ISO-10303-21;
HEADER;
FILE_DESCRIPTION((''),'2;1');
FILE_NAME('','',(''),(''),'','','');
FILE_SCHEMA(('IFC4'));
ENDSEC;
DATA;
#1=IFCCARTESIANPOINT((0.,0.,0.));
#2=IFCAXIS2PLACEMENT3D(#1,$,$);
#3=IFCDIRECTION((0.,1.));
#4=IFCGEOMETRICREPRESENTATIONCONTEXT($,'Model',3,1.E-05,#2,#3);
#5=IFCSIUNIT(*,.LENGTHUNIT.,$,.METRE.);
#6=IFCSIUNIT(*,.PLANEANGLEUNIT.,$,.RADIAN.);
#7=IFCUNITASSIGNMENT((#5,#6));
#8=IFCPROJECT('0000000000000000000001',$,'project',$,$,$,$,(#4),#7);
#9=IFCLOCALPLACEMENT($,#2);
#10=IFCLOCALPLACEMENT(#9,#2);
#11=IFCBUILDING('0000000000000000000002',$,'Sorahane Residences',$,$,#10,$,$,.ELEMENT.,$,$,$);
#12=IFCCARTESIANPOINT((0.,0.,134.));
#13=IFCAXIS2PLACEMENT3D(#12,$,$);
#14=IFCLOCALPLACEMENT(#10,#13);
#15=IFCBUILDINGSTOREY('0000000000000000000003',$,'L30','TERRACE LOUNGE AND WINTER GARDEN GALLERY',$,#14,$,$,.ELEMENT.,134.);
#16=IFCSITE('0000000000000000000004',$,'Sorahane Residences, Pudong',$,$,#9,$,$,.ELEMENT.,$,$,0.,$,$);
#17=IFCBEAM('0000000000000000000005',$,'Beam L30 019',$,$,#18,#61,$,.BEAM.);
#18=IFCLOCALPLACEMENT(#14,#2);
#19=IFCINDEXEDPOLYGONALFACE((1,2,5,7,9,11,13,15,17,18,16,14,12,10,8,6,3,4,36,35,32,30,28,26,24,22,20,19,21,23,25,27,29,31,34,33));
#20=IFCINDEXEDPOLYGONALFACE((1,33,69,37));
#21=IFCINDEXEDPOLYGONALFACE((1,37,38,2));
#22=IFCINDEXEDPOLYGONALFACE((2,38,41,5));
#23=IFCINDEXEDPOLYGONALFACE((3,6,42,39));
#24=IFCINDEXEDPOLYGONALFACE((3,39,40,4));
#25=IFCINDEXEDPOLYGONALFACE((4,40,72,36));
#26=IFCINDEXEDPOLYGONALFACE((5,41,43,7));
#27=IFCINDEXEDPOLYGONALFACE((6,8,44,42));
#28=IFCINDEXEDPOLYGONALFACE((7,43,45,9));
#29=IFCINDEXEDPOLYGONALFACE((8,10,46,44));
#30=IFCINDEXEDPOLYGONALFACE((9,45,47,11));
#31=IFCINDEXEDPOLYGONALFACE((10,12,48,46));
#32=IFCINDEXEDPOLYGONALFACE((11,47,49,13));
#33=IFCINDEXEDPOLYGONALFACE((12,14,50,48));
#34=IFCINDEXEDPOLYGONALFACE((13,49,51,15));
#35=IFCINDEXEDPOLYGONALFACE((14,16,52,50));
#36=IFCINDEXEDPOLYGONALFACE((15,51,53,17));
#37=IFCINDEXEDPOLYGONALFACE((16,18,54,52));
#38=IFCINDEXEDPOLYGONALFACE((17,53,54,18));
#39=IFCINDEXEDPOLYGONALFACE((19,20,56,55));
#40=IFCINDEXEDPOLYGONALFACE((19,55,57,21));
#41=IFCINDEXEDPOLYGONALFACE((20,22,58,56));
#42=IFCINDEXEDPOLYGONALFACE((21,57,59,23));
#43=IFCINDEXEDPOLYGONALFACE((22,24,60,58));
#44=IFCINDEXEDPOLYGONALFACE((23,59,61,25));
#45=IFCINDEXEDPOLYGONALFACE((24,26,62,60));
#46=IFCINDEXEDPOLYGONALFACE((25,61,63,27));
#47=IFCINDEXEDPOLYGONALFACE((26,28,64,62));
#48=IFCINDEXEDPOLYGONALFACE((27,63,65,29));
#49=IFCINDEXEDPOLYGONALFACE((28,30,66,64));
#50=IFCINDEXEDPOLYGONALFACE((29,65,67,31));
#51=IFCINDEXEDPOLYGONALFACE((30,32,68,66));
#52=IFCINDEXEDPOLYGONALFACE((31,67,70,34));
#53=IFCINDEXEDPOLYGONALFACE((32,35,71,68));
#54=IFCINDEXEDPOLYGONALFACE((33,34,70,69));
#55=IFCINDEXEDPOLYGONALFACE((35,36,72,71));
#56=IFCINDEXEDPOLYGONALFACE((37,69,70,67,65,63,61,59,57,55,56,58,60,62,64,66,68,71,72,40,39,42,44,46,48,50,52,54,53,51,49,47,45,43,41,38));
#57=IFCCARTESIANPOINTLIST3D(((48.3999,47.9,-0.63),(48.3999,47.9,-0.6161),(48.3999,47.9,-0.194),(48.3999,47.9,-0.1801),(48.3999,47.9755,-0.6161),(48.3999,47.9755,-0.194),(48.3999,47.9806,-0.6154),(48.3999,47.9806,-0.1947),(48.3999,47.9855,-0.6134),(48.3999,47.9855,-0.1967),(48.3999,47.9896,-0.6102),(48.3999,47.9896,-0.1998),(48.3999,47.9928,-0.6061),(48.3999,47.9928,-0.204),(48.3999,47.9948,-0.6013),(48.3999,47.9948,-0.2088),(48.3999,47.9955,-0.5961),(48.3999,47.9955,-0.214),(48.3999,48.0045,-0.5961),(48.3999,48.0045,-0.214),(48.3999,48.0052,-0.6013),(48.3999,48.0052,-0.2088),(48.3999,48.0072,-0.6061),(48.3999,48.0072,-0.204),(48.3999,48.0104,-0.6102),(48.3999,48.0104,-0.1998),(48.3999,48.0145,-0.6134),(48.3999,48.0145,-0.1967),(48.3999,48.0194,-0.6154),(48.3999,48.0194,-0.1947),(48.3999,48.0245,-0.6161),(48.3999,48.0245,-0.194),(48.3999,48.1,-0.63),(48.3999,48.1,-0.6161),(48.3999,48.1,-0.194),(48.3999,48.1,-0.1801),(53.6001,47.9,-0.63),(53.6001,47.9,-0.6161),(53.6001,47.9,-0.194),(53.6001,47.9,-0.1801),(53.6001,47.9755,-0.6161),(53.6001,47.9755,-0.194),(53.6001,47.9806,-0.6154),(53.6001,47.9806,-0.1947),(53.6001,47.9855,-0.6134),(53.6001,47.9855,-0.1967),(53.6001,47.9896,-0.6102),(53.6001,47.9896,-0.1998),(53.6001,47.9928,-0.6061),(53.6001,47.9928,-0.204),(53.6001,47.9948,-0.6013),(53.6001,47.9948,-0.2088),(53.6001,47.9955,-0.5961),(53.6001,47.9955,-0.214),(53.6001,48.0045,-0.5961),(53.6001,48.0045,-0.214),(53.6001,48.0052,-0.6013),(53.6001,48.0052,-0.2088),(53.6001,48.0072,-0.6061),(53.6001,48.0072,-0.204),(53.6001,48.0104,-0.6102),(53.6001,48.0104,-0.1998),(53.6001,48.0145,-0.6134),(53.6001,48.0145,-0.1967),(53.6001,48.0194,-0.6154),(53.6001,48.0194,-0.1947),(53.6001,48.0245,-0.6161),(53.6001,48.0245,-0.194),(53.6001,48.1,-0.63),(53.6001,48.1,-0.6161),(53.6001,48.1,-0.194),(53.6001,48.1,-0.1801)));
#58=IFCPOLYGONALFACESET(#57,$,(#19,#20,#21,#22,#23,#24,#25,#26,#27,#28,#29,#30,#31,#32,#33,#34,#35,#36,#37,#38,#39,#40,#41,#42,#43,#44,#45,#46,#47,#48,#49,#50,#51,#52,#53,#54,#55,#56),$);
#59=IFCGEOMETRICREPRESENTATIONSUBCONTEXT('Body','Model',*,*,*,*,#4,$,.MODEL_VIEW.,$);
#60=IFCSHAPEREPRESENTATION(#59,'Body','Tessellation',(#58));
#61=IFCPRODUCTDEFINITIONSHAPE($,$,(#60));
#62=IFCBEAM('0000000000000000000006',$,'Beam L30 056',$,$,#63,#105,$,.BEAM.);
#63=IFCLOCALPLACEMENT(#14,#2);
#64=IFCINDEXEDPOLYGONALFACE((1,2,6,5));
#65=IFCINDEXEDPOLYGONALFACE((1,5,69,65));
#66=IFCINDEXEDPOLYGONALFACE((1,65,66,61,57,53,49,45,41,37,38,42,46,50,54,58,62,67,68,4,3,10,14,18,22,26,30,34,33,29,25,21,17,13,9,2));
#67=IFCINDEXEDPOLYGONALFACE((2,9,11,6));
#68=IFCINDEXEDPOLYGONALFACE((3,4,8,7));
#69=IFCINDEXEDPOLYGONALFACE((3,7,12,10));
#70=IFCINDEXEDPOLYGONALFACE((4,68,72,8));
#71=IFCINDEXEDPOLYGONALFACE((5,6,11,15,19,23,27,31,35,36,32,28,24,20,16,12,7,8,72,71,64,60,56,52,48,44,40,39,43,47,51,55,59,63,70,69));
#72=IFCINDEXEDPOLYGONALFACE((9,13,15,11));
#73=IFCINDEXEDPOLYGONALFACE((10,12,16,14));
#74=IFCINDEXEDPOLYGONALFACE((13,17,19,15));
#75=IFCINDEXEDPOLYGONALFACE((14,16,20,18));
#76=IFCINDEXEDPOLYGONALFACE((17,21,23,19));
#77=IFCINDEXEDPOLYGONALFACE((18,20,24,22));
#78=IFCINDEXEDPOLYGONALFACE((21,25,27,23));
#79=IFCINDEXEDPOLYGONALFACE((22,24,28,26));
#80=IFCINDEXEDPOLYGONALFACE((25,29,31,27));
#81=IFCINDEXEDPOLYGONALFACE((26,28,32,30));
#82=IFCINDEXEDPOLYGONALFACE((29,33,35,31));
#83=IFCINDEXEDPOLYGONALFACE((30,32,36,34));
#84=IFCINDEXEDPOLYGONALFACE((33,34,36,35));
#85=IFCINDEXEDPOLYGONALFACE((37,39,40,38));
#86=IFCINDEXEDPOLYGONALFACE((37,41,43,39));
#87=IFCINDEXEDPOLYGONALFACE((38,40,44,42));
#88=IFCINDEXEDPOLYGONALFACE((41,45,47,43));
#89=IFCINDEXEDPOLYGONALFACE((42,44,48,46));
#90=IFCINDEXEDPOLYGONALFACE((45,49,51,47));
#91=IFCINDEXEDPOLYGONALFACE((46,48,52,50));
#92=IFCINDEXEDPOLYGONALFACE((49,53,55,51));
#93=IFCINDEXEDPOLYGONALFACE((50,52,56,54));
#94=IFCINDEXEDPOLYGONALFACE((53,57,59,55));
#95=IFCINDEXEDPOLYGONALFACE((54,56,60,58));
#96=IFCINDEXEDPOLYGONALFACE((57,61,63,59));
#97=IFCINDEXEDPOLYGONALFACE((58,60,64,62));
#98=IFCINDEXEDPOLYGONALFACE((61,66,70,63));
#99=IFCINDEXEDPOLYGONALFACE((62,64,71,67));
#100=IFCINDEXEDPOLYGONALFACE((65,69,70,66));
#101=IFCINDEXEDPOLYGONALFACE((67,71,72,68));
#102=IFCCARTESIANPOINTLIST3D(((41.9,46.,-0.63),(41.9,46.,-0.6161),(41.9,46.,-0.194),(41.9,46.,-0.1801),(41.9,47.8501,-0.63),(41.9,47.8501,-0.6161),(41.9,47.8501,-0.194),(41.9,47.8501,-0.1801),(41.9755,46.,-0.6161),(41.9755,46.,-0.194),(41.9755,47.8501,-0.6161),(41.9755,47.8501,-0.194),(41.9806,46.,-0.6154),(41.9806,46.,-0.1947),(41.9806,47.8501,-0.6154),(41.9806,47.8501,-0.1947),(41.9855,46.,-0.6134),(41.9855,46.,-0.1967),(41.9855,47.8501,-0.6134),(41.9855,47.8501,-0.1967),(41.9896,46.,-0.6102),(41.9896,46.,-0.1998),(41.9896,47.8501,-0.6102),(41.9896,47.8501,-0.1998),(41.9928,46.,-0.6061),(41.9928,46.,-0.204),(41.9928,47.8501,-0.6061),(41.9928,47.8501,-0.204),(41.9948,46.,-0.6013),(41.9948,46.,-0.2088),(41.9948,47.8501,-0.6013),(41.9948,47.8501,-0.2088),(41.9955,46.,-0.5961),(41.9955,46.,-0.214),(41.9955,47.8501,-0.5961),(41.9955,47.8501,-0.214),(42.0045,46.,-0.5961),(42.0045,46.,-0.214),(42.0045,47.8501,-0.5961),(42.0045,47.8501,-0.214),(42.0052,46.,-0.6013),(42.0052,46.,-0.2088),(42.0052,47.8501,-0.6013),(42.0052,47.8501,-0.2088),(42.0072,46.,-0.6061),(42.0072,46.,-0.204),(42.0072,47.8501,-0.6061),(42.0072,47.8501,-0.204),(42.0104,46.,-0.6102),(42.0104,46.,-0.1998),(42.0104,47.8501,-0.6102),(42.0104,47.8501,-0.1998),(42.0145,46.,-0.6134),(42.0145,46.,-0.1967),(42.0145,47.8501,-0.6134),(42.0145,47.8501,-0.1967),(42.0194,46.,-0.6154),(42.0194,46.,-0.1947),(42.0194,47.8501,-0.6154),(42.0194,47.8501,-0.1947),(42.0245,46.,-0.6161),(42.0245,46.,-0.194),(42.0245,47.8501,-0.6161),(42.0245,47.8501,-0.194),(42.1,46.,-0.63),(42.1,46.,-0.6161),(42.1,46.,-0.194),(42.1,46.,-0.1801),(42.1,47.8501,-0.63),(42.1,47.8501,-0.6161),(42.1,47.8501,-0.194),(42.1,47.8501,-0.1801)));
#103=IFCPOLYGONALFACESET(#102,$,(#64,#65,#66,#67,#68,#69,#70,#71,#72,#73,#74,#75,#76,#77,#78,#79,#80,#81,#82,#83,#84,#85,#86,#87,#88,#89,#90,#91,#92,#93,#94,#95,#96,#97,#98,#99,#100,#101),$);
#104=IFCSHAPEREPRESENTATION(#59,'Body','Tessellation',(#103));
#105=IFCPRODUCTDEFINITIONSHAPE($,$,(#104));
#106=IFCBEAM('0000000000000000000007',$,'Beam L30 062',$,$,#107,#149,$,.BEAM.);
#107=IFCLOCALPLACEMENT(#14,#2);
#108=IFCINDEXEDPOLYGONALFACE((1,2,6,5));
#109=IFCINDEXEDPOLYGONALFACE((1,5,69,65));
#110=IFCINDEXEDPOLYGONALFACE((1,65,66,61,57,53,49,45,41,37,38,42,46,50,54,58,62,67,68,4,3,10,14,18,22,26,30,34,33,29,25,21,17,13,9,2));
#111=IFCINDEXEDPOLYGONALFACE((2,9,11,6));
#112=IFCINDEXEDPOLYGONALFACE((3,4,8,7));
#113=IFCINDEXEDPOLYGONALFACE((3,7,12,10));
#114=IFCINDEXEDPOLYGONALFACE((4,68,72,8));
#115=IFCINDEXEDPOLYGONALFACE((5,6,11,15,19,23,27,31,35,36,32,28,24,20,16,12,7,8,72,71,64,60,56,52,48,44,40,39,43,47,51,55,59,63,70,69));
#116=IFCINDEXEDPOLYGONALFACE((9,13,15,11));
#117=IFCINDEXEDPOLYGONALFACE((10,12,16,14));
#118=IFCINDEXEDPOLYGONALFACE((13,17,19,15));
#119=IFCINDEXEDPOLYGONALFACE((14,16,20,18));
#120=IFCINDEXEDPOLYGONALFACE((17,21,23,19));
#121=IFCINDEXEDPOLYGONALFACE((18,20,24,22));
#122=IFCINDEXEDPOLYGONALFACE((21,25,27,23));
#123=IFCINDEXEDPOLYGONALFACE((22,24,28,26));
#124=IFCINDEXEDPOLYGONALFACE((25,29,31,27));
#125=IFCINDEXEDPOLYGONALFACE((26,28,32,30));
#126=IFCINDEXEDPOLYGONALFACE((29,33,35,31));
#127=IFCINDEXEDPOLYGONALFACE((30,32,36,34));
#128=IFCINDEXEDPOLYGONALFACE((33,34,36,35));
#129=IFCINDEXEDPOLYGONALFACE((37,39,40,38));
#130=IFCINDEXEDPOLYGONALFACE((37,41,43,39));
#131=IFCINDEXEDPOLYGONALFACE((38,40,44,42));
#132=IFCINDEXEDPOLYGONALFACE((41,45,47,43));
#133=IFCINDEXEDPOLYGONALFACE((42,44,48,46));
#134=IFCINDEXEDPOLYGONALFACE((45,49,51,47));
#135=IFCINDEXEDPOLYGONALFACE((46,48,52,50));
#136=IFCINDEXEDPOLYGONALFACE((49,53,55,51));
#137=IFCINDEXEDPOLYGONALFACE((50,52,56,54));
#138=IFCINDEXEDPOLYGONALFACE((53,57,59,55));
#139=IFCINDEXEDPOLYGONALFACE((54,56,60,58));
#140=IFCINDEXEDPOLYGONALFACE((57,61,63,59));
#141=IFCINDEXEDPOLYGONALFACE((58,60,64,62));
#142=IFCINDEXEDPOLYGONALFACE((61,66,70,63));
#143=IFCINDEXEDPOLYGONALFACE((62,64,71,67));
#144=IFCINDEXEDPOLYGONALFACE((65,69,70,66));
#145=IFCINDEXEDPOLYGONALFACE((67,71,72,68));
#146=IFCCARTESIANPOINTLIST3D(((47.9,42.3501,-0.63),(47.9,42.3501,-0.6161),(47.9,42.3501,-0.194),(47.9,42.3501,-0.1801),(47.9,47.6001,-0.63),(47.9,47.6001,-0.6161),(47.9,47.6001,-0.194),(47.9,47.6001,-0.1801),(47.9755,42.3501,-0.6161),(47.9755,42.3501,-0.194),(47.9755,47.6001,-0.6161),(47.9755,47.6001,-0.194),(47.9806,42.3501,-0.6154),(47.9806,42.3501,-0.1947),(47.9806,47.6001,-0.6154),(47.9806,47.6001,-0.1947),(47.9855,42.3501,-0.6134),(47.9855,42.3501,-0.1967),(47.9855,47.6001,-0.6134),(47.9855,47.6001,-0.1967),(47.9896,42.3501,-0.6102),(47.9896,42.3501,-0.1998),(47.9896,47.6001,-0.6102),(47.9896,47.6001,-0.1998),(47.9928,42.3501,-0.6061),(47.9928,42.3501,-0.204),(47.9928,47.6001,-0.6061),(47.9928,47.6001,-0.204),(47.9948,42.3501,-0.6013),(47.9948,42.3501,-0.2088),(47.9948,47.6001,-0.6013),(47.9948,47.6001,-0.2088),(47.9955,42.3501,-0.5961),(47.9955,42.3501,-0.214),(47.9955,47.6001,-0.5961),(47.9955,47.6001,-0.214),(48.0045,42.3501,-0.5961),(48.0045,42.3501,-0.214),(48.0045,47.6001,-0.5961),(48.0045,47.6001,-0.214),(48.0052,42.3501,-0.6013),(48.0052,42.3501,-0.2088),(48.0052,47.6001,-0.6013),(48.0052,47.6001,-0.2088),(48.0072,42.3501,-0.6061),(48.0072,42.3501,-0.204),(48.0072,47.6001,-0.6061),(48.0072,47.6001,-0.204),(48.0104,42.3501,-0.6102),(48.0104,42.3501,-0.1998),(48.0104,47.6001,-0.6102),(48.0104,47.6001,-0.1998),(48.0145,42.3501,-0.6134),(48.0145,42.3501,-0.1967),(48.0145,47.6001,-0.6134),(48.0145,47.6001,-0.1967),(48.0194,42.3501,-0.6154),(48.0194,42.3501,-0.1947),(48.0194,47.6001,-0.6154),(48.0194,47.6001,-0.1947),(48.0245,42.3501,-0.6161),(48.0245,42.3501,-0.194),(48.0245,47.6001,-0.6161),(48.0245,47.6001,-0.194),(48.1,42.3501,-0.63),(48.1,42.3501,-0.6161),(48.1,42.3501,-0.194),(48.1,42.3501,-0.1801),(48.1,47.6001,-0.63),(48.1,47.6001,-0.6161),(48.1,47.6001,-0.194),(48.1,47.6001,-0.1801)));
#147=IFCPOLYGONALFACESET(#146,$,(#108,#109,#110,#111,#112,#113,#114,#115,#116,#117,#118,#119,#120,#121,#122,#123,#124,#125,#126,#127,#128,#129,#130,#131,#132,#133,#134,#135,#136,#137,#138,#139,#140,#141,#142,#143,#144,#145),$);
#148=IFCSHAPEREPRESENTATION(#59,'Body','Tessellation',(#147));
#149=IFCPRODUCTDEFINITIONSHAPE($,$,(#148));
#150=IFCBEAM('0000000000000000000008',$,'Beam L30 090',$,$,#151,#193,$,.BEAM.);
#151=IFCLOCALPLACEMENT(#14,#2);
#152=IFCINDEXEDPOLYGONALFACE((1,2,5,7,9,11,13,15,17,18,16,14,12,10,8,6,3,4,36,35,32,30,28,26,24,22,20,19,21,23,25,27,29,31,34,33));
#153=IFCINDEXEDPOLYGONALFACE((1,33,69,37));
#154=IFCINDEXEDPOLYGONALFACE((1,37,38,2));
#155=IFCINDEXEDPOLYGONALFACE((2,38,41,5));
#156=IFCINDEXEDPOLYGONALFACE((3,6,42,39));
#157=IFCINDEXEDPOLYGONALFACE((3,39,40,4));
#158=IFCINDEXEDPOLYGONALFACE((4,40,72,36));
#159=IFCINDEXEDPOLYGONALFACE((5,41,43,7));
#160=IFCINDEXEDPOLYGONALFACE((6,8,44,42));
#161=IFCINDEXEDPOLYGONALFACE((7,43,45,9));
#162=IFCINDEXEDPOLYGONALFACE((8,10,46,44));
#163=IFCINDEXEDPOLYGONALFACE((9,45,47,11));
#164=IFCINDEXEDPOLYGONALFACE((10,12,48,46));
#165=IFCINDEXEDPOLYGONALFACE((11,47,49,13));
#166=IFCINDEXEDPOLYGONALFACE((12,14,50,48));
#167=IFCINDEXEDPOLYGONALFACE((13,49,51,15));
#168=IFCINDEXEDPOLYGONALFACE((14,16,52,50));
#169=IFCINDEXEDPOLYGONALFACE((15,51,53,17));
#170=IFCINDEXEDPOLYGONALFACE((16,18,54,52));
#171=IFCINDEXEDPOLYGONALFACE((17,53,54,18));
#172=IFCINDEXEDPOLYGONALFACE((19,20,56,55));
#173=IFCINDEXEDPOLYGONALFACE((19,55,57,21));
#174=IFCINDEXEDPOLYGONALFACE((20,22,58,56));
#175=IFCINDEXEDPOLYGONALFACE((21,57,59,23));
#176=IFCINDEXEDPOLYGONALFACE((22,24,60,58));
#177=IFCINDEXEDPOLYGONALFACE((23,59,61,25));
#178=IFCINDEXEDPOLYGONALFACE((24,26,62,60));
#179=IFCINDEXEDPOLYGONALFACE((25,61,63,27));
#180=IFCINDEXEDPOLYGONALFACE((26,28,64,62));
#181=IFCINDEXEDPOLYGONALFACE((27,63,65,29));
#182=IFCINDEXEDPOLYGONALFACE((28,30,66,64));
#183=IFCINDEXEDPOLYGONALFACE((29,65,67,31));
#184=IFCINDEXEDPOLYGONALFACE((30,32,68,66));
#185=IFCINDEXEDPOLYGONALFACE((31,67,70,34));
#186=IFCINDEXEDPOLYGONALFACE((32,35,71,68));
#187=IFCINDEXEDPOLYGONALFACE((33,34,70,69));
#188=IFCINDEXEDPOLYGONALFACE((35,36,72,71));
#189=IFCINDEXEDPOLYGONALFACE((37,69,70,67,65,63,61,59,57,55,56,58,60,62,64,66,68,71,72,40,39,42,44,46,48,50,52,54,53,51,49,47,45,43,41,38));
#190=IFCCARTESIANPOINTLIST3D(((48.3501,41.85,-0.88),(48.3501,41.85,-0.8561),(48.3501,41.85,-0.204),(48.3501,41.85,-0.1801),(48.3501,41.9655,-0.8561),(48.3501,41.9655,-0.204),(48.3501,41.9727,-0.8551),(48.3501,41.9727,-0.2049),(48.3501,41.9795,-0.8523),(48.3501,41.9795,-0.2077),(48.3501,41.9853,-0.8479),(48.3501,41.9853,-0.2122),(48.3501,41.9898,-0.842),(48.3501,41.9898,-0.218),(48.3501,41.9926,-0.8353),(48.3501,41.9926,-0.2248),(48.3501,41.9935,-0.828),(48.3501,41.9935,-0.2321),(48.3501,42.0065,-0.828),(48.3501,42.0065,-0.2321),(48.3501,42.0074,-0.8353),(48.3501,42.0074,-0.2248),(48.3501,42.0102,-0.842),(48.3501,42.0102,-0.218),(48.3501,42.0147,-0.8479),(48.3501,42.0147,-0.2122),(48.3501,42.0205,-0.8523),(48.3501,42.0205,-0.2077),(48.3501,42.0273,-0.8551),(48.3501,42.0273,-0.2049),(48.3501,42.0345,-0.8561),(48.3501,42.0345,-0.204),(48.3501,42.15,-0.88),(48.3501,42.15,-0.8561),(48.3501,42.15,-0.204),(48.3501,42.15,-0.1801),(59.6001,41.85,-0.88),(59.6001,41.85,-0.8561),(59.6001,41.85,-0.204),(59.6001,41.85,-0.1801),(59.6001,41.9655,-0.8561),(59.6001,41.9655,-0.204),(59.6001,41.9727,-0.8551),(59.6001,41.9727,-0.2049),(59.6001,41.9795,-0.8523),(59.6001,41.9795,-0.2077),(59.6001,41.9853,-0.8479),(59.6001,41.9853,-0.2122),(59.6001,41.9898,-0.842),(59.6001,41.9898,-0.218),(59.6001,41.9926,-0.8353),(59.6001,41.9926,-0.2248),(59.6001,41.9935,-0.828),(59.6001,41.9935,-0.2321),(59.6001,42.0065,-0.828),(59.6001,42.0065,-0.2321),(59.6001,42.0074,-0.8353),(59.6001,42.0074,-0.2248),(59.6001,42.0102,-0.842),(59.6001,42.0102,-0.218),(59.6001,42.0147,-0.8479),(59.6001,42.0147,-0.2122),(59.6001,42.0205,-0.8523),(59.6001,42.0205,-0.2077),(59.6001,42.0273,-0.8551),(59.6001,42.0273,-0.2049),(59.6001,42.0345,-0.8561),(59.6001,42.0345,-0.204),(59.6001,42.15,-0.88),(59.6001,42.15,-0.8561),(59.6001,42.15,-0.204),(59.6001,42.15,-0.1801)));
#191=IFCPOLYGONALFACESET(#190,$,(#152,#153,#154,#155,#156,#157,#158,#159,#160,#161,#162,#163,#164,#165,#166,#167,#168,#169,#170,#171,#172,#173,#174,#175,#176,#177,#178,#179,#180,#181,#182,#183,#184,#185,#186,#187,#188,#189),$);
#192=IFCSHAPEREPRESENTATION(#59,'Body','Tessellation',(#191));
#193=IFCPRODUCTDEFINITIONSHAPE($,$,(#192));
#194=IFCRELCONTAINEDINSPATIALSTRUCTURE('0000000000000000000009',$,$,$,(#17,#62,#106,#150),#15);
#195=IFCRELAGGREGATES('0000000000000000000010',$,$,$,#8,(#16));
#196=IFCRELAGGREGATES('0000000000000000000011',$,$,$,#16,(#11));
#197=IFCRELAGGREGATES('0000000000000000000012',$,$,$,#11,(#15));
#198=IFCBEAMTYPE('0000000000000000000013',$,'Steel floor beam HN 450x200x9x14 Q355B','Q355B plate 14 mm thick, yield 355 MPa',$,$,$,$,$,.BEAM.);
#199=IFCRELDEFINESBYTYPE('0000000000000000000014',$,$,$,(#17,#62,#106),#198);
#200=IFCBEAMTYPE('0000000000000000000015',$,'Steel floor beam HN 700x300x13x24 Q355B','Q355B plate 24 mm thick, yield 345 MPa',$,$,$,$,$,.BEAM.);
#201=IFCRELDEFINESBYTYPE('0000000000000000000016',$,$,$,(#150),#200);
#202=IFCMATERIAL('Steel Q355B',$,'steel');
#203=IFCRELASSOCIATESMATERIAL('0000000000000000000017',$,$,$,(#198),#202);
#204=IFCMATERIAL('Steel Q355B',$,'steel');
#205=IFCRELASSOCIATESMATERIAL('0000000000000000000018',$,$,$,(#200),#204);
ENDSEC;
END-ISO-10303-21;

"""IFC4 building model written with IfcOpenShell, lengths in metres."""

from ifc_helpers import new_model, si_unit, direction, frame, origin, origin_2d, place, context, subcontext, project, spatial, i_section, extrude, material, material_profile, profile_set, type_object, element, save


model = new_model("IFC4")

# Units and contexts
model_context = context("Model", 3, precision=1e-05, world=origin(), true_north=direction((0.0, 1.0)))
body_context = subcontext(model_context, "Body", "Model", "MODEL_VIEW")
ifc_project = project(units=[si_unit("LENGTHUNIT", "METRE"), si_unit("PLANEANGLEUNIT", "RADIAN")], contexts=[model_context])

# Site, building, storey
site_placement = place(None, origin())
site = spatial("IfcSite", under=ifc_project, at=site_placement, Name="Sorahane Residences, Pudong", CompositionType="ELEMENT", RefElevation=0.0)
building_placement = place(site_placement, origin())
building = spatial("IfcBuilding", under=site, at=building_placement, Name="Sorahane Residences", CompositionType="ELEMENT")
storey_placement = place(building_placement, frame((0.0, 0.0, 134.0)))
storey = spatial("IfcBuildingStorey", under=building, at=storey_placement, Name="L30", Description="TERRACE LOUNGE AND WINTER GARDEN GALLERY", CompositionType="ELEMENT", Elevation=134.0)

# Beams
ifc_material_1 = material(Name="Steel Q355B", Category="steel")
ifc_material_profile_1 = material_profile(ifc_material_1, i_section(OverallWidth=0.2, OverallDepth=0.45, WebThickness=0.009, FlangeThickness=0.0139, FilletRadius=0.02, at=origin_2d()), Name="HN 450x200x9x14")
ifc_profile_set_1 = profile_set([ifc_material_profile_1], Name="Steel Q355B")
beam_type_1 = type_object("IfcBeamType", Name="Steel floor beam HN 450x200x9x14 Q355B", Description="Q355B plate 14 mm thick, yield 355 MPa", PredefinedType="BEAM", material=ifc_profile_set_1)
beam_1_placement = place(storey_placement, frame((48.3999, 48.0, -0.405), z_axis=(1.0, 0.0, 0.0), x_axis=(0.0, 1.0, 0.0)))
element("IfcBeam", 1, at=beam_1_placement, inside=storey, type_object=beam_type_1, Name="Beam L30 019", PredefinedType="BEAM", context=body_context, shape_type="SweptSolid", body=[
    extrude(i_section(OverallWidth=0.2, OverallDepth=0.45, WebThickness=0.009, FlangeThickness=0.0139, FilletRadius=0.02, at=origin_2d()), origin(), (0.0, 0.0, 1.0), 5.2002),
])
beam_2_placement = place(storey_placement, frame((42.0, 46.0, -0.405), z_axis=(0.0, 1.0, 0.0), x_axis=(-1.0, 0.0, 0.0)))
element("IfcBeam", 2, at=beam_2_placement, inside=storey, type_object=beam_type_1, Name="Beam L30 056", PredefinedType="BEAM", context=body_context, shape_type="SweptSolid", body=[
    extrude(i_section(OverallWidth=0.2, OverallDepth=0.45, WebThickness=0.009, FlangeThickness=0.0139, FilletRadius=0.02, at=origin_2d()), origin(), (0.0, 0.0, 1.0), 1.8501),
])
beam_3_placement = place(storey_placement, frame((48.0, 42.3501, -0.405), z_axis=(0.0, 1.0, 0.0), x_axis=(-1.0, 0.0, 0.0)))
element("IfcBeam", 3, at=beam_3_placement, inside=storey, type_object=beam_type_1, Name="Beam L30 062", PredefinedType="BEAM", context=body_context, shape_type="SweptSolid", body=[
    extrude(i_section(OverallWidth=0.2, OverallDepth=0.45, WebThickness=0.009, FlangeThickness=0.0139, FilletRadius=0.02, at=origin_2d()), origin(), (0.0, 0.0, 1.0), 5.25),
])
ifc_material_2 = material(Name="Steel Q355B", Category="steel")
ifc_material_profile_2 = material_profile(ifc_material_2, i_section(OverallWidth=0.3, OverallDepth=0.7, WebThickness=0.0129, FlangeThickness=0.0239, FilletRadius=0.0281, at=origin_2d()), Name="HN 700x300x13x24")
ifc_profile_set_2 = profile_set([ifc_material_profile_2], Name="Steel Q355B")
beam_type_2 = type_object("IfcBeamType", Name="Steel floor beam HN 700x300x13x24 Q355B", Description="Q355B plate 24 mm thick, yield 345 MPa", PredefinedType="BEAM", material=ifc_profile_set_2)
beam_4_placement = place(storey_placement, frame((48.3501, 42.0, -0.53), z_axis=(1.0, 0.0, 0.0), x_axis=(0.0, 1.0, 0.0)))
element("IfcBeam", 4, at=beam_4_placement, inside=storey, type_object=beam_type_2, Name="Beam L30 090", PredefinedType="BEAM", context=body_context, shape_type="SweptSolid", body=[
    extrude(i_section(OverallWidth=0.3, OverallDepth=0.7, WebThickness=0.0129, FlangeThickness=0.0239, FilletRadius=0.0281, at=origin_2d()), origin(), (0.0, 0.0, 1.0), 11.25),
])

save(model, "model.ifc")
